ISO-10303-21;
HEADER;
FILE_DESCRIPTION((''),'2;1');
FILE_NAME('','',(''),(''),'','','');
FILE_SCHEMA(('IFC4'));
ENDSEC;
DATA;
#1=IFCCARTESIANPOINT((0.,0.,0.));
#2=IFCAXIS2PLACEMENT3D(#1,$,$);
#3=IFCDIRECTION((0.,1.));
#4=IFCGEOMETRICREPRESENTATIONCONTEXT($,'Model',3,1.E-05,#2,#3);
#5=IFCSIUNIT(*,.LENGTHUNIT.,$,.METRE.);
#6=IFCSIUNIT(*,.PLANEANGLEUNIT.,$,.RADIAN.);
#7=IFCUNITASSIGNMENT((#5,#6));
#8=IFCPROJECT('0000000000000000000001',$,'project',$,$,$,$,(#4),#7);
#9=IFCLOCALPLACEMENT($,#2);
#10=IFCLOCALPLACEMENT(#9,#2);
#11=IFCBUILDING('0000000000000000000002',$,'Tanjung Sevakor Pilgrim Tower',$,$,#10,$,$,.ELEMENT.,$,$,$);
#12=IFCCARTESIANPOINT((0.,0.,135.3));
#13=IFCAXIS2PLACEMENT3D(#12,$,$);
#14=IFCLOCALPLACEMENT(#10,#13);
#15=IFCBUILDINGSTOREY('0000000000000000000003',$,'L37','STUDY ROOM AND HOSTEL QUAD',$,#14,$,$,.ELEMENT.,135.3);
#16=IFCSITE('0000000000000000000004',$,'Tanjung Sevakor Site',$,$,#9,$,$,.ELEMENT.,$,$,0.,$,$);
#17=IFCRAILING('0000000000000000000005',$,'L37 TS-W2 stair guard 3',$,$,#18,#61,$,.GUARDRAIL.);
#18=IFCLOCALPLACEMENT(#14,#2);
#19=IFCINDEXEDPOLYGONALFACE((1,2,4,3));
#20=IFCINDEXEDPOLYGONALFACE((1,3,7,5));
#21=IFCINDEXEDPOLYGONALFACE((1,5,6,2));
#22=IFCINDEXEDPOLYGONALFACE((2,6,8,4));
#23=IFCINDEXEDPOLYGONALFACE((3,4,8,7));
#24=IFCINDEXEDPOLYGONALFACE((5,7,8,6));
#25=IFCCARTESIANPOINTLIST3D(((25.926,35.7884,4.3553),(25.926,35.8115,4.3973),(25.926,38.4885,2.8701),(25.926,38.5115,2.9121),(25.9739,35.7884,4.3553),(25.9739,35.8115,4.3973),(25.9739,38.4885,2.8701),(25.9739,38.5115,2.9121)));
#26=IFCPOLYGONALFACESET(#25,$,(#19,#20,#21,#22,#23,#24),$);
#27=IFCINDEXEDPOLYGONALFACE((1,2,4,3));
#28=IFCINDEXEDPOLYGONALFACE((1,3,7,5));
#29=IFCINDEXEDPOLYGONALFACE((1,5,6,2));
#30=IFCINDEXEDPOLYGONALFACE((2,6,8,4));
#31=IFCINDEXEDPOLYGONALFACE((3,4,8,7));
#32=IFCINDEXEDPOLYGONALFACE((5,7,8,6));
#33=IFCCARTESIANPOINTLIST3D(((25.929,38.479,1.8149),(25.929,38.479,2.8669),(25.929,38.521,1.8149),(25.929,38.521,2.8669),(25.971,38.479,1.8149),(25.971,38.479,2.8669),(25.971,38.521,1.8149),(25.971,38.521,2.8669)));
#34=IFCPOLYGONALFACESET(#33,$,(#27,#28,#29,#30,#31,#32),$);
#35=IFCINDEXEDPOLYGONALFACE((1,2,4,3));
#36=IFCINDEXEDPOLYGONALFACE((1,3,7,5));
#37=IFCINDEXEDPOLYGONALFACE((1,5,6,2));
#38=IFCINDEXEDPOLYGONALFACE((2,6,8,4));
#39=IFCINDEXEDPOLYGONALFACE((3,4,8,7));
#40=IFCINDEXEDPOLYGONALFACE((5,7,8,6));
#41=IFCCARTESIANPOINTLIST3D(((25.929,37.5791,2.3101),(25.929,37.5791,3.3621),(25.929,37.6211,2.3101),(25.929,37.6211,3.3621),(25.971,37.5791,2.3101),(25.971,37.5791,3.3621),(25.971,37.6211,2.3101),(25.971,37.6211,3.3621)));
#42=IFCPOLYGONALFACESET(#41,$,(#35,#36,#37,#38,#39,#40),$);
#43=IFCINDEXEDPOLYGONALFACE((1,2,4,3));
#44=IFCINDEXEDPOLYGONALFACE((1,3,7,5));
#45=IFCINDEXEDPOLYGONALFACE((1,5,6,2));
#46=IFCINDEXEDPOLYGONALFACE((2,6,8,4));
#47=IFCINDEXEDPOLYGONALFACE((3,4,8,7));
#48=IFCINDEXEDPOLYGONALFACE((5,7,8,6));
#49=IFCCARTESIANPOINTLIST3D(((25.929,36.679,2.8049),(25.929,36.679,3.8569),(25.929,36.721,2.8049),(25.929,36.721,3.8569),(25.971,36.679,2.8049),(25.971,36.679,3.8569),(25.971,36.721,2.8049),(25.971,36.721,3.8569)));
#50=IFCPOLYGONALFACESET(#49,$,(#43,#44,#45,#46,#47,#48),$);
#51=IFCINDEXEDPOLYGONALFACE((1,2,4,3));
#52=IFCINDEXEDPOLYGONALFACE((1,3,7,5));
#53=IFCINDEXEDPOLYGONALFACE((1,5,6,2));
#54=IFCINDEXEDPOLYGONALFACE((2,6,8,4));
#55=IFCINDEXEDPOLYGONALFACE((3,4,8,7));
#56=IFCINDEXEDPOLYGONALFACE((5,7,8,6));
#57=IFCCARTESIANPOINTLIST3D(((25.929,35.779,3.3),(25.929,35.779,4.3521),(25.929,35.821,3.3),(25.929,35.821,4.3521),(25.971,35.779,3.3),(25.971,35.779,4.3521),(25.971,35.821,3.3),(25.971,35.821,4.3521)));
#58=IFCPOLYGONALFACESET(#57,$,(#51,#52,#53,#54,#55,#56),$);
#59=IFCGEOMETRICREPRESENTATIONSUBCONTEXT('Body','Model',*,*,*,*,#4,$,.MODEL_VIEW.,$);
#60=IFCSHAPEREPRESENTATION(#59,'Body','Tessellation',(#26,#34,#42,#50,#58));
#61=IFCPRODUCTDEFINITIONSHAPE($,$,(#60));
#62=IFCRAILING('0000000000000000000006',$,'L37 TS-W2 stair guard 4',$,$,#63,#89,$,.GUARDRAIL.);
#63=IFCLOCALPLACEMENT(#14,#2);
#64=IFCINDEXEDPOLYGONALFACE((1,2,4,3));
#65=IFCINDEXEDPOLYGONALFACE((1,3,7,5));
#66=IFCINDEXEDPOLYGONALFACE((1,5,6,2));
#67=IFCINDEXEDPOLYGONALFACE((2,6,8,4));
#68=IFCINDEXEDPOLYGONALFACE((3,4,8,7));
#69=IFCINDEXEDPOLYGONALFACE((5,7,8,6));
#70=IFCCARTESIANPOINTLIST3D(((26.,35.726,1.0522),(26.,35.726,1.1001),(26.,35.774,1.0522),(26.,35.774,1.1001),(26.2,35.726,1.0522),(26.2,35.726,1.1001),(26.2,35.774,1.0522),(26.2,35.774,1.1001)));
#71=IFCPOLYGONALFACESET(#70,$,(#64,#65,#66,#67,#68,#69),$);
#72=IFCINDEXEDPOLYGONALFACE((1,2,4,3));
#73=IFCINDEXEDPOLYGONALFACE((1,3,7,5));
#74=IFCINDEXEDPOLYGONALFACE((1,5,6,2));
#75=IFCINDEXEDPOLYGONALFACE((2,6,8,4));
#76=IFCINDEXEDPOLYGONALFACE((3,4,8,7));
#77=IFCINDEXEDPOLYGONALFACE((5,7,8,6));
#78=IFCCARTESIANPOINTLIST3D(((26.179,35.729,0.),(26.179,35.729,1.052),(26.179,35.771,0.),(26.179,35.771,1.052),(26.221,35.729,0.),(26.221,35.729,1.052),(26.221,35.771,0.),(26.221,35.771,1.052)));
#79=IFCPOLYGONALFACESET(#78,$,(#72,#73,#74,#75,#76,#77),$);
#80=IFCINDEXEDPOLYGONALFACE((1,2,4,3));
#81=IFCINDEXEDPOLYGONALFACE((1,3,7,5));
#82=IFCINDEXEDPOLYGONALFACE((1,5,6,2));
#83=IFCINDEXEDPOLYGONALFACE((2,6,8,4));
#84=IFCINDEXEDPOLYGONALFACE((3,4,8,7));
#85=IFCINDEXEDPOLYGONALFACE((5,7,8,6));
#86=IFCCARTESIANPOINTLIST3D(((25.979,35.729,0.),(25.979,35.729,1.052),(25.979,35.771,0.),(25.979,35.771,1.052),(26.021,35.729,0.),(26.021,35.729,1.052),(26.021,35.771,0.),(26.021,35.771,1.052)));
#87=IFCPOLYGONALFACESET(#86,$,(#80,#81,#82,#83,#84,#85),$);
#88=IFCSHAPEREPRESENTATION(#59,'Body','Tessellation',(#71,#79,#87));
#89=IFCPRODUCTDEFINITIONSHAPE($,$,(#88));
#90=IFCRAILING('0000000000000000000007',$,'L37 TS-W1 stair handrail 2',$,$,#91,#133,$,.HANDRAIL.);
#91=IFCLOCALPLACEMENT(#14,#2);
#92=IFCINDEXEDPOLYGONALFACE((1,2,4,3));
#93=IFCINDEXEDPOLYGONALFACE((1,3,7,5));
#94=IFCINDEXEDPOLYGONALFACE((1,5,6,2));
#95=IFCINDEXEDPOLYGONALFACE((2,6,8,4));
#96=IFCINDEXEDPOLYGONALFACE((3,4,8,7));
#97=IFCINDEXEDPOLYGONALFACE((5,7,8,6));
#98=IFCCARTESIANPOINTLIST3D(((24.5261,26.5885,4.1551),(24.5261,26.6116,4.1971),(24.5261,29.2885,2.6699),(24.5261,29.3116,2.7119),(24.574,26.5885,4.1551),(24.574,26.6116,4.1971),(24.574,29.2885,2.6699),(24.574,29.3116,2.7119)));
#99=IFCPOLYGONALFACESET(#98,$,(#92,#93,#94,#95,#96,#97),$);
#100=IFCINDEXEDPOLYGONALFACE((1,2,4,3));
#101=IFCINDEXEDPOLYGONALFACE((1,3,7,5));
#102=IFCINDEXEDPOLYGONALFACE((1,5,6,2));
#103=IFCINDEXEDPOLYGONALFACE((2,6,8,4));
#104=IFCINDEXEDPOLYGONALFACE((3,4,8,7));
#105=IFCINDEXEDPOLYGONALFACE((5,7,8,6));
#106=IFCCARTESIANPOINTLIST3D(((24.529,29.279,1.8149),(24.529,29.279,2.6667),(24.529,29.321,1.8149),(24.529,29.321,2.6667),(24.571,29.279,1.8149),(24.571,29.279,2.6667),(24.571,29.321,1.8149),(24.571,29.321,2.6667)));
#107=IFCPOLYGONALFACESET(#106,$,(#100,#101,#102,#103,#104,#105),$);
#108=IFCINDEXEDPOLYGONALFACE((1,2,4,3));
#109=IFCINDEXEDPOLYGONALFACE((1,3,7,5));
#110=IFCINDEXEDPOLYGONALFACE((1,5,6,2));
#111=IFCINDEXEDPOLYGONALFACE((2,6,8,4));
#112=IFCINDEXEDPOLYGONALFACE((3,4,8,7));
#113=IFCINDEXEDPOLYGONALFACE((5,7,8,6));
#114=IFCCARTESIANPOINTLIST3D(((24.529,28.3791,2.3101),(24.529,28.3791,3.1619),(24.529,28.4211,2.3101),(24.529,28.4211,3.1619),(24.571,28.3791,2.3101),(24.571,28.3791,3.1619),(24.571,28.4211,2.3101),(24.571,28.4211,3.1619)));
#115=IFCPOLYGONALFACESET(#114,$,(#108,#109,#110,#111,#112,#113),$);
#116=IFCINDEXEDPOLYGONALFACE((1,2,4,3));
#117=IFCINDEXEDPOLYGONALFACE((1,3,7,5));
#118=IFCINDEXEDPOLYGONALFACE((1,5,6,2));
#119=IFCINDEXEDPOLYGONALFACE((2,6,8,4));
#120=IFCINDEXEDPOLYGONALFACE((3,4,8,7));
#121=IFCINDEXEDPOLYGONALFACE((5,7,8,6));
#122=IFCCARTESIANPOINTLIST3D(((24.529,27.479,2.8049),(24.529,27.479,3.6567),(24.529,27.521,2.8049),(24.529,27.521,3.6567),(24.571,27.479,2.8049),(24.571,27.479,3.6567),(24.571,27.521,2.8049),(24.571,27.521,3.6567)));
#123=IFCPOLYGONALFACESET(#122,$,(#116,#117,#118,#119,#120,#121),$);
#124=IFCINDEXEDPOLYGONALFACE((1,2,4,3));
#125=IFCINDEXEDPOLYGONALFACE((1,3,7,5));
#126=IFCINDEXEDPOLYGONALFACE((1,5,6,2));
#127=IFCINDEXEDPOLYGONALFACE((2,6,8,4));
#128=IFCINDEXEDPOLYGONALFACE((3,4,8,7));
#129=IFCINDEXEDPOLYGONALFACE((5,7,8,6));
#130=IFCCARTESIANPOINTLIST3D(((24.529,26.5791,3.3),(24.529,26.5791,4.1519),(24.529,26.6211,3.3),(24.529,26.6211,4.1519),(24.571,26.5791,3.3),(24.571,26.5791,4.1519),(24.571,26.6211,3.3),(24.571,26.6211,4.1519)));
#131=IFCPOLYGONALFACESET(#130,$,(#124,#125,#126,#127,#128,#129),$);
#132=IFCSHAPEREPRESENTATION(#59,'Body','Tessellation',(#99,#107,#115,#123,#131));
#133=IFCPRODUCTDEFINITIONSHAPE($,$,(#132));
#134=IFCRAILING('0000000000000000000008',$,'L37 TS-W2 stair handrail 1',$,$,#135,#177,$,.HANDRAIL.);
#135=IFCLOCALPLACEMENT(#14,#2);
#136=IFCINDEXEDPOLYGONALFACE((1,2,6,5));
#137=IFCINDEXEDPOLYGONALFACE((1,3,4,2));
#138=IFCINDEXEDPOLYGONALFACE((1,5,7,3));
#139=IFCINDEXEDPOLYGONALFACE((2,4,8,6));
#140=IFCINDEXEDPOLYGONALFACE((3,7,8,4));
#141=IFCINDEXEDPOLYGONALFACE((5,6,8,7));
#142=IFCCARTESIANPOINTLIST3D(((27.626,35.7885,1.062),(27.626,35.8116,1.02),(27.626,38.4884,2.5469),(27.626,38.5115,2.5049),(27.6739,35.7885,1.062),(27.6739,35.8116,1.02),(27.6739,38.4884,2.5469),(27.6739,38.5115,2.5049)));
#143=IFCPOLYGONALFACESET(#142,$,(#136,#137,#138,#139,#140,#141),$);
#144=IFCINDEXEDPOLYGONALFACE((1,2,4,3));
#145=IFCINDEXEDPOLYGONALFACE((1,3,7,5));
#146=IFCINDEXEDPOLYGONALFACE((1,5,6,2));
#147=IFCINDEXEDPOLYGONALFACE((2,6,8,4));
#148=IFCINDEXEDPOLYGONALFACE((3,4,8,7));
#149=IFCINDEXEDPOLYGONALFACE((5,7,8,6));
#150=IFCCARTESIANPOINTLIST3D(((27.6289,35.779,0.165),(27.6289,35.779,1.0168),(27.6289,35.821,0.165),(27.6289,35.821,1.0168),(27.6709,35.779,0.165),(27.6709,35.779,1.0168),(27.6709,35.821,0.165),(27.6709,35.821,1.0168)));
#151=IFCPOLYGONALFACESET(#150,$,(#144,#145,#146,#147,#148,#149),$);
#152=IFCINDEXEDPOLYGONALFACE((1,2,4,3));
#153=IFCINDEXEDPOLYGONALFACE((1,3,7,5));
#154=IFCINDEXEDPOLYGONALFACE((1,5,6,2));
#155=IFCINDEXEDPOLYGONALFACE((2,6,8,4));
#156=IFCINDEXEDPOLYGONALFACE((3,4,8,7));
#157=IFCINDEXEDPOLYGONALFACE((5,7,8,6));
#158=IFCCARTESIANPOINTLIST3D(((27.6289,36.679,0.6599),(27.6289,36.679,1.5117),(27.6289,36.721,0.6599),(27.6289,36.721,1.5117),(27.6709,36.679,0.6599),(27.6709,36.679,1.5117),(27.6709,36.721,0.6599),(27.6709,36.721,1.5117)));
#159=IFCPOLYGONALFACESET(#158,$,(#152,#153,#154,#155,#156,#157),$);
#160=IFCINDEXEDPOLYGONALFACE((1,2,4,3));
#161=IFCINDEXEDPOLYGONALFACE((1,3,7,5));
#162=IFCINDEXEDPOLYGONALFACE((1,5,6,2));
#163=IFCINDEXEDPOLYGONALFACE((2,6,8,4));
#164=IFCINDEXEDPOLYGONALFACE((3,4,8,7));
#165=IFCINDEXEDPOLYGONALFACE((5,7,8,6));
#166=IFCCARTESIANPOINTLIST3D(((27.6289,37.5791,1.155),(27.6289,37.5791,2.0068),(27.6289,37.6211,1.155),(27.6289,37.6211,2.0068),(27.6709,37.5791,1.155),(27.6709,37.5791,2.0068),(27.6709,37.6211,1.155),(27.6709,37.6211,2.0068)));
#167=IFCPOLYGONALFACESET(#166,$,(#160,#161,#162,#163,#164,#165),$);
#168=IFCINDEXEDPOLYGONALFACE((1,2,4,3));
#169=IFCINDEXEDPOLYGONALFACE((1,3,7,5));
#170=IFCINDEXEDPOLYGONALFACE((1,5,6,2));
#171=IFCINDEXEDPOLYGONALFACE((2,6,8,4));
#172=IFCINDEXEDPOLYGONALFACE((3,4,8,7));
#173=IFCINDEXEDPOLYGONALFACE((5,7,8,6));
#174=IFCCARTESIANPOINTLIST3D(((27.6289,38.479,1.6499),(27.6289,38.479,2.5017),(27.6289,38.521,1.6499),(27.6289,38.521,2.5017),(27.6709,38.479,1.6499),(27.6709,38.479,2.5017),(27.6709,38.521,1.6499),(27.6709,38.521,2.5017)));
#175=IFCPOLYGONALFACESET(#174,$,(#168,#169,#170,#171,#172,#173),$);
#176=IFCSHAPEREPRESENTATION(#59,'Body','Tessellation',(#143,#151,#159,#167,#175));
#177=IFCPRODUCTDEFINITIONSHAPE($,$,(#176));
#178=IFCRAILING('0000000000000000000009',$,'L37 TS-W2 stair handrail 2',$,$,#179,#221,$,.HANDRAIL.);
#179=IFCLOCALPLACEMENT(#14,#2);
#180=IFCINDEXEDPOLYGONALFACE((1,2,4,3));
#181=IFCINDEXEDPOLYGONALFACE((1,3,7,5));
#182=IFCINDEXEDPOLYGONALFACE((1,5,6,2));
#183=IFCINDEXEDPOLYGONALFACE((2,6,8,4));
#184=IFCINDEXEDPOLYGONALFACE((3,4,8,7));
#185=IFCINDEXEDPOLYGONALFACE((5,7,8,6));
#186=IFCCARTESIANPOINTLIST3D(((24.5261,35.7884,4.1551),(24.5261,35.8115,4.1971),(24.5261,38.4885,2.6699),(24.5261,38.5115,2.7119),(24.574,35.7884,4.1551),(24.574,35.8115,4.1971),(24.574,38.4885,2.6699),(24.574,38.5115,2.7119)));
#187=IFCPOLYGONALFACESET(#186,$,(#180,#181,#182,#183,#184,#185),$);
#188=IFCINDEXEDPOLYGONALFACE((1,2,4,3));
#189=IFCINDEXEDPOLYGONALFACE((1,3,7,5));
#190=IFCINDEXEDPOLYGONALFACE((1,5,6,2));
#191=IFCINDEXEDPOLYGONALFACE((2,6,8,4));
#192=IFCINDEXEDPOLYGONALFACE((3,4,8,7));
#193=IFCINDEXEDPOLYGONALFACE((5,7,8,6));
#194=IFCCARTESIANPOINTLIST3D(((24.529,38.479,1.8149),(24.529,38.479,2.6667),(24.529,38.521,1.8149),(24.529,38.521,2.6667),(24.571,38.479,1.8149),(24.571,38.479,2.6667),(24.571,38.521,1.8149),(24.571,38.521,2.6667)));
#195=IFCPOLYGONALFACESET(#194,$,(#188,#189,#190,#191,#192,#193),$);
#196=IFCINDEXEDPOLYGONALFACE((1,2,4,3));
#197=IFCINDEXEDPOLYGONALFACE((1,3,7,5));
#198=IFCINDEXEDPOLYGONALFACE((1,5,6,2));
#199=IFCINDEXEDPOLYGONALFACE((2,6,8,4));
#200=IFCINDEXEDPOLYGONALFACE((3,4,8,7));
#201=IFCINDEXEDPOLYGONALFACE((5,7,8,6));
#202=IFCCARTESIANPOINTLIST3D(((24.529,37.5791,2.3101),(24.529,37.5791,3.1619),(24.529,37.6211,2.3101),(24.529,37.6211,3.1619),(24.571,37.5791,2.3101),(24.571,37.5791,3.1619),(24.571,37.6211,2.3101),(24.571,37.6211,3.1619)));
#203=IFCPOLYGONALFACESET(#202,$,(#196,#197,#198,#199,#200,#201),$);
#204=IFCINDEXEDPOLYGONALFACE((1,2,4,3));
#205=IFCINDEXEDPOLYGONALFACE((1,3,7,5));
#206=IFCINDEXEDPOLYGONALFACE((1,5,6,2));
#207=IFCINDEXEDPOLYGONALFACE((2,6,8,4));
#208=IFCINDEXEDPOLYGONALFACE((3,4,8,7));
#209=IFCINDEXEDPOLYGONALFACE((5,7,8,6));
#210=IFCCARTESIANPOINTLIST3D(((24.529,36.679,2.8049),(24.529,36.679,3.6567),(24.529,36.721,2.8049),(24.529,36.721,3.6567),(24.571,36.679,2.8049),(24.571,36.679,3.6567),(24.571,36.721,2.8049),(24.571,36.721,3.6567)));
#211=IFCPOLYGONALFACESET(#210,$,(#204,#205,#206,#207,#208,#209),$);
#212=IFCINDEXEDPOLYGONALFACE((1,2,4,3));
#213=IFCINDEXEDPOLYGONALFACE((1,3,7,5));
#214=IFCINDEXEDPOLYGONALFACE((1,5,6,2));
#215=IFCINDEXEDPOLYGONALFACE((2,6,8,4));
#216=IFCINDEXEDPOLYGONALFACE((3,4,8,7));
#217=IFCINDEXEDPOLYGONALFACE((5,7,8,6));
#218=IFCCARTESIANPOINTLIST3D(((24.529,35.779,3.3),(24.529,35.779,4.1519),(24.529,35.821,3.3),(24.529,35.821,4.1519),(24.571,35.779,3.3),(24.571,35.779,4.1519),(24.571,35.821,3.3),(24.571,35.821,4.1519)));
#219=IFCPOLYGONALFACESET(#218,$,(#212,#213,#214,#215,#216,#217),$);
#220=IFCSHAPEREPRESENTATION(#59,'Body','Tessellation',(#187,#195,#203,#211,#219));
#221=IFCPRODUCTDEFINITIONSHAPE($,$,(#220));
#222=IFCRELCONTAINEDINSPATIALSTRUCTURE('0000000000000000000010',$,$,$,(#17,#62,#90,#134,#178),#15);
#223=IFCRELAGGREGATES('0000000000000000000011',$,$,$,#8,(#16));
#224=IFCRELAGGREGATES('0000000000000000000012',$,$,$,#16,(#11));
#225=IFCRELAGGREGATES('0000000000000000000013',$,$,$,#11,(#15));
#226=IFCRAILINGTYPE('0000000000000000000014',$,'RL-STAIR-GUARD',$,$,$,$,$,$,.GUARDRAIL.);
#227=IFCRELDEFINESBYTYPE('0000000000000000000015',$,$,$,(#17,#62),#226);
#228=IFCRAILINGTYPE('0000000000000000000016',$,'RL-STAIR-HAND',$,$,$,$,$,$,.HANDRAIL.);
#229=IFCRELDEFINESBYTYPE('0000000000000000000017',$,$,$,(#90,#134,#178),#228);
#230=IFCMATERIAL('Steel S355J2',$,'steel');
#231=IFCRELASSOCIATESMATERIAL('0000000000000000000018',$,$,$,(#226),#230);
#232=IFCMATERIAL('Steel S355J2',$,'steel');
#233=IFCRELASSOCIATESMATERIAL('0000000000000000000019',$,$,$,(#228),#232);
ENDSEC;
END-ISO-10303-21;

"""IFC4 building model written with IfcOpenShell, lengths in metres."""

from ifc_helpers import new_model, si_unit, direction, frame, origin, place, context, subcontext, project, spatial, rectangle, extrude, material, type_object, element, save


model = new_model("IFC4")

# Units and contexts
model_context = context("Model", 3, precision=1e-05, world=origin(), true_north=direction((0.0, 1.0)))
body_context = subcontext(model_context, "Body", "Model", "MODEL_VIEW")
ifc_project = project(units=[si_unit("LENGTHUNIT", "METRE"), si_unit("PLANEANGLEUNIT", "RADIAN")], contexts=[model_context])

# Site, building, storey
site_placement = place(None, origin())
site = spatial("IfcSite", under=ifc_project, at=site_placement, Name="Tanjung Sevakor Site", CompositionType="ELEMENT", RefElevation=0.0)
building_placement = place(site_placement, origin())
building = spatial("IfcBuilding", under=site, at=building_placement, Name="Tanjung Sevakor Pilgrim Tower", CompositionType="ELEMENT")
storey_placement = place(building_placement, frame((0.0, 0.0, 135.3)))
storey = spatial("IfcBuildingStorey", under=building, at=storey_placement, Name="L37", Description="STUDY ROOM AND HOSTEL QUAD", CompositionType="ELEMENT", Elevation=135.3)

# Railings
ifc_material_1 = material(Name="Steel S355J2", Category="steel")
railing_type_1 = type_object("IfcRailingType", Name="RL-STAIR-GUARD", PredefinedType="GUARDRAIL", material=ifc_material_1)
railing_1_placement = place(storey_placement, frame((25.95, 38.5, 1.8149)))
element("IfcRailing", 1, at=railing_1_placement, inside=storey, type_object=railing_type_1, Name="L37 TS-W2 stair guard 3", PredefinedType="GUARDRAIL", context=body_context, shape_type="SweptSolid", body=[
    extrude(rectangle(XDim=0.0479, YDim=0.0479), frame((0.0, 0.0, 1.0762), z_axis=(0.0, -0.876198, 0.481952), x_axis=(1.0, 0.0, 0.0)), (0.0, 0.0, 1.0), 3.0815),
    extrude(rectangle(XDim=0.042, YDim=0.042), origin(), (0.0, 0.0, 1.0), 1.052),
    extrude(rectangle(XDim=0.042, YDim=0.042), frame((0.0, -0.8999, 0.4951)), (0.0, 0.0, 1.0), 1.052),
    extrude(rectangle(XDim=0.042, YDim=0.042), frame((0.0, -1.8, 0.99)), (0.0, 0.0, 1.0), 1.052),
    extrude(rectangle(XDim=0.042, YDim=0.042), frame((0.0, -2.7, 1.4851)), (0.0, 0.0, 1.0), 1.052),
])
railing_2_placement = place(storey_placement, frame((26.2, 35.75, 0.0)))
element("IfcRailing", 2, at=railing_2_placement, inside=storey, type_object=railing_type_1, Name="L37 TS-W2 stair guard 4", PredefinedType="GUARDRAIL", context=body_context, shape_type="SweptSolid", body=[
    extrude(rectangle(XDim=0.0479, YDim=0.0479), frame((0.0, 0.0, 1.0762), z_axis=(-1.0, 0.0, 0.0), x_axis=(0.0, -1.0, 0.0)), (0.0, 0.0, 1.0), 0.2),
    extrude(rectangle(XDim=0.042, YDim=0.042), origin(), (0.0, 0.0, 1.0), 1.052),
    extrude(rectangle(XDim=0.042, YDim=0.042), frame((-0.2, 0.0, 0.0)), (0.0, 0.0, 1.0), 1.052),
])
ifc_material_2 = material(Name="Steel S355J2", Category="steel")
railing_type_2 = type_object("IfcRailingType", Name="RL-STAIR-HAND", PredefinedType="HANDRAIL", material=ifc_material_2)
railing_3_placement = place(storey_placement, frame((24.55, 29.3, 1.8149)))
element("IfcRailing", 3, at=railing_3_placement, inside=storey, type_object=railing_type_2, Name="L37 TS-W1 stair handrail 2", PredefinedType="HANDRAIL", context=body_context, shape_type="SweptSolid", body=[
    extrude(rectangle(XDim=0.0479, YDim=0.0479), frame((0.0, 0.0, 0.876), z_axis=(0.0, -0.876198, 0.481952), x_axis=(1.0, 0.0, 0.0)), (0.0, 0.0, 1.0), 3.0815),
    extrude(rectangle(XDim=0.042, YDim=0.042), origin(), (0.0, 0.0, 1.0), 0.8518),
    extrude(rectangle(XDim=0.042, YDim=0.042), frame((0.0, -0.8999, 0.4951)), (0.0, 0.0, 1.0), 0.8518),
    extrude(rectangle(XDim=0.042, YDim=0.042), frame((0.0, -1.8, 0.99)), (0.0, 0.0, 1.0), 0.8518),
    extrude(rectangle(XDim=0.042, YDim=0.042), frame((0.0, -2.7, 1.4851)), (0.0, 0.0, 1.0), 0.8518),
])
railing_4_placement = place(storey_placement, frame((27.6499, 35.8, 0.165)))
element("IfcRailing", 4, at=railing_4_placement, inside=storey, type_object=railing_type_2, Name="L37 TS-W2 stair handrail 1", PredefinedType="HANDRAIL", context=body_context, shape_type="SweptSolid", body=[
    extrude(rectangle(XDim=0.0479, YDim=0.0479), frame((0.0, 0.0, 0.876), z_axis=(0.0, 0.876231, 0.481891), x_axis=(-1.0, 0.0, 0.0)), (0.0, 0.0, 1.0), 3.0813),
    extrude(rectangle(XDim=0.042, YDim=0.042), origin(), (0.0, 0.0, 1.0), 0.8518),
    extrude(rectangle(XDim=0.042, YDim=0.042), frame((0.0, 0.8999, 0.4949)), (0.0, 0.0, 1.0), 0.8518),
    extrude(rectangle(XDim=0.042, YDim=0.042), frame((0.0, 1.8, 0.99)), (0.0, 0.0, 1.0), 0.8518),
    extrude(rectangle(XDim=0.042, YDim=0.042), frame((0.0, 2.7, 1.4849)), (0.0, 0.0, 1.0), 0.8518),
])
railing_5_placement = place(storey_placement, frame((24.55, 38.5, 1.8149)))
element("IfcRailing", 5, at=railing_5_placement, inside=storey, type_object=railing_type_2, Name="L37 TS-W2 stair handrail 2", PredefinedType="HANDRAIL", context=body_context, shape_type="SweptSolid", body=[
    extrude(rectangle(XDim=0.0479, YDim=0.0479), frame((0.0, 0.0, 0.876), z_axis=(0.0, -0.876198, 0.481952), x_axis=(1.0, 0.0, 0.0)), (0.0, 0.0, 1.0), 3.0815),
    extrude(rectangle(XDim=0.042, YDim=0.042), origin(), (0.0, 0.0, 1.0), 0.8518),
    extrude(rectangle(XDim=0.042, YDim=0.042), frame((0.0, -0.8999, 0.4951)), (0.0, 0.0, 1.0), 0.8518),
    extrude(rectangle(XDim=0.042, YDim=0.042), frame((0.0, -1.8, 0.99)), (0.0, 0.0, 1.0), 0.8518),
    extrude(rectangle(XDim=0.042, YDim=0.042), frame((0.0, -2.7, 1.4851)), (0.0, 0.0, 1.0), 0.8518),
])

save(model, "model.ifc")
